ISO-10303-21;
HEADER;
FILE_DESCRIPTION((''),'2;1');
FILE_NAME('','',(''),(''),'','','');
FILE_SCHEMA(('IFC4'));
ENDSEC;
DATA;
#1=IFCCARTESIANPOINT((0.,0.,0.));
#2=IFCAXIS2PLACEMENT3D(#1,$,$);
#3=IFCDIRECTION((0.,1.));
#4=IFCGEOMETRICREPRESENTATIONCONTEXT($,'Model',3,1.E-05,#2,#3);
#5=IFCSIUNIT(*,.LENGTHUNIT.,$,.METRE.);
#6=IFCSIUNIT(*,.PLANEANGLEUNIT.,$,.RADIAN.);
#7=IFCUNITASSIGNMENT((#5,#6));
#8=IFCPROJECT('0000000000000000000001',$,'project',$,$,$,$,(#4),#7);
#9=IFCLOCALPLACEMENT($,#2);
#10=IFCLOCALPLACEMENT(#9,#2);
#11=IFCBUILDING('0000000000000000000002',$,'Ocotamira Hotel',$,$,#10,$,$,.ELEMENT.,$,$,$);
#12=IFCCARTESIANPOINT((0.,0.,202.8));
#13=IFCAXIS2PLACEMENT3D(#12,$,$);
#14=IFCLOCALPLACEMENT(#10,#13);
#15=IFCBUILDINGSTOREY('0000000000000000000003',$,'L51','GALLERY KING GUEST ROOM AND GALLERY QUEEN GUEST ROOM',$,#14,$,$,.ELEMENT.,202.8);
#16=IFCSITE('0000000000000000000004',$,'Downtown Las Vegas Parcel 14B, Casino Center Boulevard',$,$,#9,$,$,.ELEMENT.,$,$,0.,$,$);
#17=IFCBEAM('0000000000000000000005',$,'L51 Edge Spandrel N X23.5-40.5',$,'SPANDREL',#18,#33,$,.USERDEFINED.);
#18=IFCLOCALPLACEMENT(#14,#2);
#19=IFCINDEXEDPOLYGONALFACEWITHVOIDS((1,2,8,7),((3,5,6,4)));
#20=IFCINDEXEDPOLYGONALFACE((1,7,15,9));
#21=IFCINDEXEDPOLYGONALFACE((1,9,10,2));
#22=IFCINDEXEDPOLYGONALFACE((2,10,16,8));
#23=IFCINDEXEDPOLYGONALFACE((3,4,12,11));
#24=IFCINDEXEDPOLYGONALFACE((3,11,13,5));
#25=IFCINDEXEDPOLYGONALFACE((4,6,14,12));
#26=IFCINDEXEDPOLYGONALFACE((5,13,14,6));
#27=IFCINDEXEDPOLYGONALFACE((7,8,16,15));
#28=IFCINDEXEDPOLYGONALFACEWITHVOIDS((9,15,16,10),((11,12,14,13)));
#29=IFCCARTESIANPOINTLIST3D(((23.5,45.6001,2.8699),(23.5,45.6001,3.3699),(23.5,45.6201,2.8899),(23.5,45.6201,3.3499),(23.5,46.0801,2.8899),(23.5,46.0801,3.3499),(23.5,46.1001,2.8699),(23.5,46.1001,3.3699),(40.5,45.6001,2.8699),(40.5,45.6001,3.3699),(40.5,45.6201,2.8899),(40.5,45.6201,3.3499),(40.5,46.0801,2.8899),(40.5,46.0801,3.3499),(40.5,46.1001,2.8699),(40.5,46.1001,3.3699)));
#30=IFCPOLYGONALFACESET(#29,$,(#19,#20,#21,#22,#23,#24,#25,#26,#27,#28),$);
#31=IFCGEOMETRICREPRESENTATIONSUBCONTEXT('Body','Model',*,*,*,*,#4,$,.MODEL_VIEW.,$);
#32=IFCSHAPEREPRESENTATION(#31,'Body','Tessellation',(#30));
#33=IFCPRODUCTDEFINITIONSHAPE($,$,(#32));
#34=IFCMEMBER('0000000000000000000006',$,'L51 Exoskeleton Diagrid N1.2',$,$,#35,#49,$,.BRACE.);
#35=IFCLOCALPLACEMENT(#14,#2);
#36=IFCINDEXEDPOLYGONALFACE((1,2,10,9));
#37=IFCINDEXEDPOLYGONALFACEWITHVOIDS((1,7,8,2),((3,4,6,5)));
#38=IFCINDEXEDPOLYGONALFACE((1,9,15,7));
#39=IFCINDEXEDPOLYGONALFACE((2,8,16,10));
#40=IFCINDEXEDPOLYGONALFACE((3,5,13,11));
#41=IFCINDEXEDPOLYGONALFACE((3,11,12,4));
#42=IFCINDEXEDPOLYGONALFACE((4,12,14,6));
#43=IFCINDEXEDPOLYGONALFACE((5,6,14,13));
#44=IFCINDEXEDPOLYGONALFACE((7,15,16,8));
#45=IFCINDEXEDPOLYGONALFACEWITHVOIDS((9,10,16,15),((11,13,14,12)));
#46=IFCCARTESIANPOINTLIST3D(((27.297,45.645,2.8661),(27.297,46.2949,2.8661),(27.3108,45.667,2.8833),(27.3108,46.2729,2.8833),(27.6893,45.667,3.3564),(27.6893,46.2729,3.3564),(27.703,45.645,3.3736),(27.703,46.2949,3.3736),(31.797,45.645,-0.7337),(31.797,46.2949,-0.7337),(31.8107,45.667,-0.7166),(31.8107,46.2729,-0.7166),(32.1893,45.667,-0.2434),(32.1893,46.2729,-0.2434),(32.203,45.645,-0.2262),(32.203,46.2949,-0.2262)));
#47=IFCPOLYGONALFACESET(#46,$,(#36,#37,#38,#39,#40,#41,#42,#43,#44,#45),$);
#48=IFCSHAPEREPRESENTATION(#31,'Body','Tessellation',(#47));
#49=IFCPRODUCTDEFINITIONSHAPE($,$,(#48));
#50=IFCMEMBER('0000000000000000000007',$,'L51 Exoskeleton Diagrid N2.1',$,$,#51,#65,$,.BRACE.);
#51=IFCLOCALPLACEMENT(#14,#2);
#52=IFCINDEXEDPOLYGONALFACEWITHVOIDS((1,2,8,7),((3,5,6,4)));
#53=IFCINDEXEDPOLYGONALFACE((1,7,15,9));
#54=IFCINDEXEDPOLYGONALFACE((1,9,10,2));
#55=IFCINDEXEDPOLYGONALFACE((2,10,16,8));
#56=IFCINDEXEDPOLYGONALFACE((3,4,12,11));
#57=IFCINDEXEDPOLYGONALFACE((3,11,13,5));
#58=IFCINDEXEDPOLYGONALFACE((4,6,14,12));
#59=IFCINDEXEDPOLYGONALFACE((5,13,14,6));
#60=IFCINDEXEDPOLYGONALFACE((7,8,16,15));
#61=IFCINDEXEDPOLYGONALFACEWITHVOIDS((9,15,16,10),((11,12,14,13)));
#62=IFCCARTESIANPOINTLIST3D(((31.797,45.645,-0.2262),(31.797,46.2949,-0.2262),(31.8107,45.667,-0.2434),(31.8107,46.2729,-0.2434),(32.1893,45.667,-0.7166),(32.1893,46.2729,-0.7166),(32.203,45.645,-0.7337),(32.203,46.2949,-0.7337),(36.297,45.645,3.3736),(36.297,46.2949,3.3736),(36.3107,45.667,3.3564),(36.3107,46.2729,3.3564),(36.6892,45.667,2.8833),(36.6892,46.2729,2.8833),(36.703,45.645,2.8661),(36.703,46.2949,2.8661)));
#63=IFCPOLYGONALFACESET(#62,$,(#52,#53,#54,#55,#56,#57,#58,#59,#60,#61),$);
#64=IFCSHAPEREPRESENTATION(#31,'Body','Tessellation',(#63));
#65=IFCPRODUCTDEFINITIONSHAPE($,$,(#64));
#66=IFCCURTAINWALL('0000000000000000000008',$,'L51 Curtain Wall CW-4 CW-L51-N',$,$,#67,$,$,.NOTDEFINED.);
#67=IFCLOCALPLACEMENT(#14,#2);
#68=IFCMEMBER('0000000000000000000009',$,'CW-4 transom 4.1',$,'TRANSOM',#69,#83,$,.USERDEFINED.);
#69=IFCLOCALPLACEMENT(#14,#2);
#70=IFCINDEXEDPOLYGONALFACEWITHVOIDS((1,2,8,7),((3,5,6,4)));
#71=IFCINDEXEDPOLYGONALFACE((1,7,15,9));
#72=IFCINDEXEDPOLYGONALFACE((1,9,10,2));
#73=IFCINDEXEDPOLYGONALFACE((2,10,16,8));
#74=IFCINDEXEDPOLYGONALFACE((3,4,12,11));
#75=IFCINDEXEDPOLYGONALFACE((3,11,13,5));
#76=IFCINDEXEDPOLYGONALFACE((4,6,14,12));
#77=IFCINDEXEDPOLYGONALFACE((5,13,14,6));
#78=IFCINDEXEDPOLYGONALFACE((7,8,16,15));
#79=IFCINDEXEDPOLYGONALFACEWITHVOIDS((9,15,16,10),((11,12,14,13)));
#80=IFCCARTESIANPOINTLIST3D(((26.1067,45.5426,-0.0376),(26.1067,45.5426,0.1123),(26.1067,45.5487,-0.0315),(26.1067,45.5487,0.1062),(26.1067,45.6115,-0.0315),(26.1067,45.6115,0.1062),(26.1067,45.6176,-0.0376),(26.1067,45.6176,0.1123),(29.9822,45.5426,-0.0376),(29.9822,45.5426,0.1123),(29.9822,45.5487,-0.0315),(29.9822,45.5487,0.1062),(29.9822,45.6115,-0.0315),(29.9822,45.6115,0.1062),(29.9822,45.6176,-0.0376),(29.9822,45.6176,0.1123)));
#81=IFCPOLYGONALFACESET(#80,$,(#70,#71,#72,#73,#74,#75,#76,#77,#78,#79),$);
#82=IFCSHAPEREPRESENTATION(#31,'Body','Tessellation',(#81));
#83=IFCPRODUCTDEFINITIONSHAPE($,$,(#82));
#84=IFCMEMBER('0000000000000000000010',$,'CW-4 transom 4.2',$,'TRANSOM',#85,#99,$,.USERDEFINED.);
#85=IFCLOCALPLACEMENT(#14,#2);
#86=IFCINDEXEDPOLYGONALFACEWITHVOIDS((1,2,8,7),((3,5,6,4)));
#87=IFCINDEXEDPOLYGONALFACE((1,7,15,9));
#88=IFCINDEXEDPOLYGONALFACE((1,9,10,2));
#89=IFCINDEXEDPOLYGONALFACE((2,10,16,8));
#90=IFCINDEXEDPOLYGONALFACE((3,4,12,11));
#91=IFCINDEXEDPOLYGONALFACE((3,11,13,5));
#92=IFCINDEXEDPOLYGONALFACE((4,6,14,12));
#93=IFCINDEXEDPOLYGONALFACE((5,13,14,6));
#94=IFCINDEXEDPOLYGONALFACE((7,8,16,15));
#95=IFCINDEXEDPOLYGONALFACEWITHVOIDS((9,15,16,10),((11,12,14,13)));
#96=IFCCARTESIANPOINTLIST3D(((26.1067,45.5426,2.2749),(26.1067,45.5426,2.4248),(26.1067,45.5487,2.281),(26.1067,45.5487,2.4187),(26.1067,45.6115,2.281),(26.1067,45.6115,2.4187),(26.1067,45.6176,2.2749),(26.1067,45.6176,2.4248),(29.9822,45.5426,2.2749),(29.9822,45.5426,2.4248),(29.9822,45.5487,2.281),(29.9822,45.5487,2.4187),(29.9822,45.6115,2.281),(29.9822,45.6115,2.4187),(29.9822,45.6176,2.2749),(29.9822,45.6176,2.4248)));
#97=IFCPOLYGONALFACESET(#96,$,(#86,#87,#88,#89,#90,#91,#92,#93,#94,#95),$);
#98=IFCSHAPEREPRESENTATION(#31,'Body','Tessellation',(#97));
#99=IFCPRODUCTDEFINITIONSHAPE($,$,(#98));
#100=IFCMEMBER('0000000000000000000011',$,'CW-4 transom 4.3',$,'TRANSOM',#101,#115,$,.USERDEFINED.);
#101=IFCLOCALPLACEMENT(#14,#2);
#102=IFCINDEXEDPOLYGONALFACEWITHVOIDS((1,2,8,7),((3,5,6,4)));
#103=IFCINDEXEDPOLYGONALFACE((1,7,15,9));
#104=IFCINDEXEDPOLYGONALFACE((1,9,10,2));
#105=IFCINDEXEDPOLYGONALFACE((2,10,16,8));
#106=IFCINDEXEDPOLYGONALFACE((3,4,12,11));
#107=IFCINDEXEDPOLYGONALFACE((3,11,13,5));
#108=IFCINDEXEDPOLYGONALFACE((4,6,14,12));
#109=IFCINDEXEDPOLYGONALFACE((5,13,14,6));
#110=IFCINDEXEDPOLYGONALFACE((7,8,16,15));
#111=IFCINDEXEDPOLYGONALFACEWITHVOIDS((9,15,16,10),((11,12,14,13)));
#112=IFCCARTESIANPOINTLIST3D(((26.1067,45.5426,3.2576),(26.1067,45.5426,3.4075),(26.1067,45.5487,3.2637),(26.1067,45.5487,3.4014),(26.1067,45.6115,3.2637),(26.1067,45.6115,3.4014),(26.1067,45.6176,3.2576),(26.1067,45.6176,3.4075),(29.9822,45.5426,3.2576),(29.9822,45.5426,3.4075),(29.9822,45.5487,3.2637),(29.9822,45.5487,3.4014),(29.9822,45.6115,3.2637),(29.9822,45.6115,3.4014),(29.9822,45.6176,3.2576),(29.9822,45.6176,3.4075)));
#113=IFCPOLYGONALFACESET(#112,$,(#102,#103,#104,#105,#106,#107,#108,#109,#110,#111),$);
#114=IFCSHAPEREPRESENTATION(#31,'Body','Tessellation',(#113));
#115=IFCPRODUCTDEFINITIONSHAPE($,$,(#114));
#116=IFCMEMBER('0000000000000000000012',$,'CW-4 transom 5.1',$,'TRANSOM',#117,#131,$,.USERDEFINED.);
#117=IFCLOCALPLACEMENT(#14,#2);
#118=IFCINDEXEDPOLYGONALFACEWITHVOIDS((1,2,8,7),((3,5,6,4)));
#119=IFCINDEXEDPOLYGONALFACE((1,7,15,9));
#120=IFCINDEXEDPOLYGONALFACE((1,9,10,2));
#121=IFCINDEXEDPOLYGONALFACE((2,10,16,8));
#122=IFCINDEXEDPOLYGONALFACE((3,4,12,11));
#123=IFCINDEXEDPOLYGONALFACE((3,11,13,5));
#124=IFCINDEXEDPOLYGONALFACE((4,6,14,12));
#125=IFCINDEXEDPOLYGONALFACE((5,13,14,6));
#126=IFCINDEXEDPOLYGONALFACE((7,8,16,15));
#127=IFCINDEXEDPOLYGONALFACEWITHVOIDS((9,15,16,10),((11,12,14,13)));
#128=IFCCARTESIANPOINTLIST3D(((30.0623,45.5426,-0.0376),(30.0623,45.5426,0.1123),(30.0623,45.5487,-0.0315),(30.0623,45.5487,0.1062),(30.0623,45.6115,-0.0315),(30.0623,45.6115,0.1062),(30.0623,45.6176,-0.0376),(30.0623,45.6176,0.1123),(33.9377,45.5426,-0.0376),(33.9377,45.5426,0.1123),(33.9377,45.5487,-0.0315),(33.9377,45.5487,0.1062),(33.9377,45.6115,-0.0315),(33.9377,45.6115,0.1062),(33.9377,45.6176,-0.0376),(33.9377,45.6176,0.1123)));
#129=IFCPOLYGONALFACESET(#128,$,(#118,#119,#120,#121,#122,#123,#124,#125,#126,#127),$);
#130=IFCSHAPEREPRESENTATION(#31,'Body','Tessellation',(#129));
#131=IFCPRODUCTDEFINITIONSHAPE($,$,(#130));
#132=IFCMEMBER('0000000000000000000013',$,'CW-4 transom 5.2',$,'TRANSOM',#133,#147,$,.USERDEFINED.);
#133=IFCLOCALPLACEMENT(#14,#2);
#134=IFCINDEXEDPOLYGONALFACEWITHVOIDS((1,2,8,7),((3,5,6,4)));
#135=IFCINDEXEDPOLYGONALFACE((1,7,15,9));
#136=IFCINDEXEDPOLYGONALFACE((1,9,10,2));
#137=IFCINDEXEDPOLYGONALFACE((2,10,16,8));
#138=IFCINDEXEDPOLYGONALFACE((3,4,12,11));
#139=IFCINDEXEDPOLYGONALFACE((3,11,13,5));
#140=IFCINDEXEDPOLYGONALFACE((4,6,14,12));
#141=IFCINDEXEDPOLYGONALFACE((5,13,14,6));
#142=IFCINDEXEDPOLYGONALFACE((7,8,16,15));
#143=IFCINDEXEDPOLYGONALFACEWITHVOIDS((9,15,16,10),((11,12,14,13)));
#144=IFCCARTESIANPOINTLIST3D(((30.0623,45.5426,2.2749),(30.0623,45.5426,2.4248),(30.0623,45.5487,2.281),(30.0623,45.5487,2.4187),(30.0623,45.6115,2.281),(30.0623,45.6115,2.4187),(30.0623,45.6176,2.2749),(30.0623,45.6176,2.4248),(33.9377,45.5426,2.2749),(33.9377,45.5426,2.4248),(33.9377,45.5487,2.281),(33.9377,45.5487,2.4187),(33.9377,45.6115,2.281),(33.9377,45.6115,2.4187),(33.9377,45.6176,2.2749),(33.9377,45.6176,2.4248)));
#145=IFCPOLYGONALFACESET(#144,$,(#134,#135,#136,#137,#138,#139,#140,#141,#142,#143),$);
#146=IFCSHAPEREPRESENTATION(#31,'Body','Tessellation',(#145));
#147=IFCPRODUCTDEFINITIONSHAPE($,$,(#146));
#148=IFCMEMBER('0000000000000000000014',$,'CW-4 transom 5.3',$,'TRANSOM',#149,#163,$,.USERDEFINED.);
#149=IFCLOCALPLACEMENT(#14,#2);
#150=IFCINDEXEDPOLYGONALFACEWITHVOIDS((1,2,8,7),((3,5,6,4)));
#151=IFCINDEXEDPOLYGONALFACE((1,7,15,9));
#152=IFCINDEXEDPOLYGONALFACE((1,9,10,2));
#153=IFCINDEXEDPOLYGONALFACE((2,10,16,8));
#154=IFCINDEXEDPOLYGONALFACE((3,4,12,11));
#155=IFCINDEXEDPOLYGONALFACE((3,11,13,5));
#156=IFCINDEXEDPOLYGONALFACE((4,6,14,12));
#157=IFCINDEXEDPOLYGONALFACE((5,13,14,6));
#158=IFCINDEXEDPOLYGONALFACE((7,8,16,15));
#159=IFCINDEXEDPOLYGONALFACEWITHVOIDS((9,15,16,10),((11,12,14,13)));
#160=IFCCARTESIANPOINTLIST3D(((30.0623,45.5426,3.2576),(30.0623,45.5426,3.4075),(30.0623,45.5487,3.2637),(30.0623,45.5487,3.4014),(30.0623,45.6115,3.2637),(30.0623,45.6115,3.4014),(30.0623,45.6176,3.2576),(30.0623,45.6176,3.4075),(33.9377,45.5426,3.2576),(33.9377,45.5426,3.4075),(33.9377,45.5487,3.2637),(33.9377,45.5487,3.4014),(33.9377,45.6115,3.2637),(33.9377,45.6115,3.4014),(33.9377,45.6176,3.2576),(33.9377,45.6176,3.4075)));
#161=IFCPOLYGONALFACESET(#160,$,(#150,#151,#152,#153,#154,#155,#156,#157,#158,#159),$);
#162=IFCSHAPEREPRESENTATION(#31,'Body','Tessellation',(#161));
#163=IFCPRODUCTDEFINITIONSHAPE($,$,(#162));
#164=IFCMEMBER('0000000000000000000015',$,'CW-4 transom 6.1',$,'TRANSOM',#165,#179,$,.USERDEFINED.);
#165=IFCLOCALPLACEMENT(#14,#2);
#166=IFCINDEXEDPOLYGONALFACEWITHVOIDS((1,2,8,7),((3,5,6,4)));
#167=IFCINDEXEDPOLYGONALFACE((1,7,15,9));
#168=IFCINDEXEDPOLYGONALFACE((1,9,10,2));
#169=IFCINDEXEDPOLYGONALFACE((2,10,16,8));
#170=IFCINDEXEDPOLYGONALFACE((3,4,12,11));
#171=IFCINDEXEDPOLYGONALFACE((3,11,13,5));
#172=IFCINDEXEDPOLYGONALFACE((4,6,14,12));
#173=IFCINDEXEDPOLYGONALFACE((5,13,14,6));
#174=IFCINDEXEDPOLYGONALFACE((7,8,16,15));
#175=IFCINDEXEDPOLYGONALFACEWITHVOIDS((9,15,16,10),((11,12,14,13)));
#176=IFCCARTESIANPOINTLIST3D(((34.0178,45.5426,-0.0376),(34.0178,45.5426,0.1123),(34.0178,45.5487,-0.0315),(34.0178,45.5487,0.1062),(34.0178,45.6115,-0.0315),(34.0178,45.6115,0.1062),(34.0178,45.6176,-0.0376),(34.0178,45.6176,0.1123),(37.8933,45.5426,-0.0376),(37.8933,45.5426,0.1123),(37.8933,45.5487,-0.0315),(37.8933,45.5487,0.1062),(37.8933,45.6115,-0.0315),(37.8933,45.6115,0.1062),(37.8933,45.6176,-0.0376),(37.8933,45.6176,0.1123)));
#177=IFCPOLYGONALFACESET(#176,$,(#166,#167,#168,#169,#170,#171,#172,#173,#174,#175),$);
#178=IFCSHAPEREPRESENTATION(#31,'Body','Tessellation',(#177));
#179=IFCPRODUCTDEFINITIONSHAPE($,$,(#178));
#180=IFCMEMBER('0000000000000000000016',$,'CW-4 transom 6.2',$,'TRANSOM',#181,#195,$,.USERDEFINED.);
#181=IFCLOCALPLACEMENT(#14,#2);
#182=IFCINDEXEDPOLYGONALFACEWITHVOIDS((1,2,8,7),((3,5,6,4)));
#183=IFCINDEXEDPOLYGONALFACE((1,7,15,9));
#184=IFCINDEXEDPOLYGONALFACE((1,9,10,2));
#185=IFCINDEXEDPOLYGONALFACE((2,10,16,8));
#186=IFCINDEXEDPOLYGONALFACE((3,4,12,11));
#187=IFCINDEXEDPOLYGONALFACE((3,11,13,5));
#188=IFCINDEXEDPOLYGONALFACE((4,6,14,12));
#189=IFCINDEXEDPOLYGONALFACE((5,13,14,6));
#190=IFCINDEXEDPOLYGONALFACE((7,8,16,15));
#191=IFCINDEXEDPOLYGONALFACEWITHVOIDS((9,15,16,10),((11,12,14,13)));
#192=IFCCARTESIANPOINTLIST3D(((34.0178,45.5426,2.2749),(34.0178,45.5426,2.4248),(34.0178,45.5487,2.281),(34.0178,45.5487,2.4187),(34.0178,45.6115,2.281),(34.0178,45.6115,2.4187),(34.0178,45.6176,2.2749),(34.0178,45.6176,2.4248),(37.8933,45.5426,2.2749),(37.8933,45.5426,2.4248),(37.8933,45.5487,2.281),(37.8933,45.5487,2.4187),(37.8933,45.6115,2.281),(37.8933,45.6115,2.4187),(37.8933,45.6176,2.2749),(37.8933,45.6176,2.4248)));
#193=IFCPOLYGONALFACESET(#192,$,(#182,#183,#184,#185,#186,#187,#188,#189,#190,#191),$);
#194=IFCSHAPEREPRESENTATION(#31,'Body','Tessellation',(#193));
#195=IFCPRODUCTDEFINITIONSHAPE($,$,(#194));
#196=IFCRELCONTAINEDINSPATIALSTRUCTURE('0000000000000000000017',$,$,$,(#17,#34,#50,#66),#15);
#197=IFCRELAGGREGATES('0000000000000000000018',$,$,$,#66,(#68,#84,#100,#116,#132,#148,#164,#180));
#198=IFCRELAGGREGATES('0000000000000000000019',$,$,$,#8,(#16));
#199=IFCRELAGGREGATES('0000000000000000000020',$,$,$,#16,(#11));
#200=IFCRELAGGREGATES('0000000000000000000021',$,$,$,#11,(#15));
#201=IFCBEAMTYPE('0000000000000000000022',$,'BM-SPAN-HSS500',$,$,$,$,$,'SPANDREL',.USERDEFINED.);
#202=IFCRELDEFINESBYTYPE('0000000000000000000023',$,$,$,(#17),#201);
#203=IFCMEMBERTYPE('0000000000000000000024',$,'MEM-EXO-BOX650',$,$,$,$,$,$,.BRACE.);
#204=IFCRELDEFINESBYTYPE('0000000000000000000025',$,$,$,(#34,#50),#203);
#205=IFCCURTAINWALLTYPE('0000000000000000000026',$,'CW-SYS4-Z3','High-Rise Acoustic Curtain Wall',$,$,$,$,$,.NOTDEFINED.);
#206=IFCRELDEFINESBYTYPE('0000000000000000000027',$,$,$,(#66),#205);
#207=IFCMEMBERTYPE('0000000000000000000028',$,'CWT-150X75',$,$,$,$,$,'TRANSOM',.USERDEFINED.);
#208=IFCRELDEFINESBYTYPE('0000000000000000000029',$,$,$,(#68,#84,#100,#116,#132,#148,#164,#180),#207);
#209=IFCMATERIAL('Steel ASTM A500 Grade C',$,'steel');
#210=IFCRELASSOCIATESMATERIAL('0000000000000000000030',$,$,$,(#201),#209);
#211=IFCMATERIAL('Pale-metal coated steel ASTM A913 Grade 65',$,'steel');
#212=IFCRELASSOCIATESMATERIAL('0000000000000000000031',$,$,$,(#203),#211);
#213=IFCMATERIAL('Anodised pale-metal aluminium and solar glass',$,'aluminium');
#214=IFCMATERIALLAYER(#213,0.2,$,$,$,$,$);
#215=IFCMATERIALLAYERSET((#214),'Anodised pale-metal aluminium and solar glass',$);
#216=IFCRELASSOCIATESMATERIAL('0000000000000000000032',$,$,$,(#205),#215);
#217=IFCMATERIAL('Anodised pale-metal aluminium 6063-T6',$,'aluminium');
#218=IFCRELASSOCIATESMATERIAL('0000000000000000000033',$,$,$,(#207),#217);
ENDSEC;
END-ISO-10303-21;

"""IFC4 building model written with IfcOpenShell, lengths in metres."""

from ifc_helpers import new_model, si_unit, direction, frame, origin, origin_2d, place, context, subcontext, project, spatial, hollow_rectangle, extrude, source, transform, mapped, material, layer, layer_set, material_profile, profile_set, type_object, element, aggregate, save


model = new_model("IFC4")

# Units and contexts
model_context = context("Model", 3, precision=1e-05, world=origin(), true_north=direction((0.0, 1.0)))
body_context = subcontext(model_context, "Body", "Model", "MODEL_VIEW")
ifc_project = project(units=[si_unit("LENGTHUNIT", "METRE"), si_unit("PLANEANGLEUNIT", "RADIAN")], contexts=[model_context])

# Site, building, storey
site_placement = place(None, origin())
site = spatial("IfcSite", under=ifc_project, at=site_placement, Name="Downtown Las Vegas Parcel 14B, Casino Center Boulevard", CompositionType="ELEMENT", RefElevation=0.0)
building_placement = place(site_placement, origin())
building = spatial("IfcBuilding", under=site, at=building_placement, Name="Ocotamira Hotel", CompositionType="ELEMENT")
storey_placement = place(building_placement, frame((0.0, 0.0, 202.8)))
storey = spatial("IfcBuildingStorey", under=building, at=storey_placement, Name="L51", Description="GALLERY KING GUEST ROOM AND GALLERY QUEEN GUEST ROOM", CompositionType="ELEMENT", Elevation=202.8)

# Beam
ifc_material_1 = material(Name="Steel ASTM A500 Grade C", Category="steel")
ifc_material_profile_1 = material_profile(ifc_material_1, hollow_rectangle(XDim=0.5, YDim=0.5, WallThickness=0.02, at=origin_2d()), Name="HSS500X500X20")
ifc_profile_set_1 = profile_set([ifc_material_profile_1], Name="Steel ASTM A500 Grade C")
beam_type = type_object("IfcBeamType", Name="BM-SPAN-HSS500", ElementType="SPANDREL", PredefinedType="USERDEFINED", material=ifc_profile_set_1)
shared_shape_1 = source(origin(), body_context, "Body", "SweptSolid", [
    extrude(hollow_rectangle(XDim=0.5, YDim=0.5, WallThickness=0.02, at=origin_2d()), origin(), (0.0, 0.0, 1.0), 17.0),
])
beam_placement = place(storey_placement, frame((23.5, 45.8501, 3.1199), z_axis=(1.0, 0.0, 0.0), x_axis=(0.0, 1.0, 0.0)))
element("IfcBeam", 1, at=beam_placement, inside=storey, type_object=beam_type, Name="L51 Edge Spandrel N X23.5-40.5", ObjectType="SPANDREL", PredefinedType="USERDEFINED", context=body_context, shape_type="MappedRepresentation", body=[
    mapped(shared_shape_1, transform((0.0, 0.0, 0.0), scale=1.0)),
])

# Members
ifc_material_2 = material(Name="Pale-metal coated steel ASTM A913 Grade 65", Category="steel")
ifc_material_profile_2 = material_profile(ifc_material_2, hollow_rectangle(XDim=0.6499, YDim=0.6499, WallThickness=0.022, at=origin_2d()), Name="BOX650X650X22")
ifc_profile_set_2 = profile_set([ifc_material_profile_2], Name="Pale-metal coated steel ASTM A913 Grade 65")
member_type_1 = type_object("IfcMemberType", Name="MEM-EXO-BOX650", PredefinedType="BRACE", material=ifc_profile_set_2)
shared_shape_2 = source(origin(), body_context, "Body", "SweptSolid", [
    extrude(hollow_rectangle(XDim=0.6499, YDim=0.6499, WallThickness=0.022, at=origin_2d()), origin(), (0.0, 0.0, 1.0), 5.7627),
])
for number, where, z_axis, x_axis, name in (
    (2, (32.0, 45.97, -0.48), (-0.780881, 0.0, 0.62468), (0.0, -1.0, 0.0), "L51 Exoskeleton Diagrid N1.2"),
    (3, (32.0, 45.97, -0.48), (0.780881, 0.0, 0.62468), (0.0, 1.0, 0.0), "L51 Exoskeleton Diagrid N2.1"),
):
    element("IfcMember", number, at=place(storey_placement, frame(where, z_axis=z_axis, x_axis=x_axis)), inside=storey, type_object=member_type_1, Name=name, PredefinedType="BRACE", context=body_context, shape_type="MappedRepresentation", body=[
        mapped(shared_shape_2, transform((0.0, 0.0, 0.0), scale=1.0)),
    ])

# Curtain wall, members
ifc_material_3 = material(Name="Anodised pale-metal aluminium and solar glass", Category="aluminium")
ifc_layer_1 = layer(ifc_material_3, 0.2)
ifc_layer_set_1 = layer_set([ifc_layer_1], Name="Anodised pale-metal aluminium and solar glass")
curtain_wall_type = type_object("IfcCurtainWallType", Name="CW-SYS4-Z3", Description="High-Rise Acoustic Curtain Wall", PredefinedType="NOTDEFINED", material=ifc_layer_set_1)
curtain_wall_placement = place(storey_placement, origin())
curtain_wall = element("IfcCurtainWall", 4, at=curtain_wall_placement, inside=storey, type_object=curtain_wall_type, Name="L51 Curtain Wall CW-4 CW-L51-N", PredefinedType="NOTDEFINED")
ifc_material_4 = material(Name="Anodised pale-metal aluminium 6063-T6", Category="aluminium")
ifc_material_profile_3 = material_profile(ifc_material_4, hollow_rectangle(XDim=0.075, YDim=0.1499, WallThickness=0.0061, at=origin_2d()), Name="HSS150X75X6")
ifc_profile_set_3 = profile_set([ifc_material_profile_3], Name="Anodised pale-metal aluminium 6063-T6")
member_type_2 = type_object("IfcMemberType", Name="CWT-150X75", ElementType="TRANSOM", PredefinedType="USERDEFINED", material=ifc_profile_set_3)
shared_shape_3 = source(origin(), body_context, "Body", "SweptSolid", [
    extrude(hollow_rectangle(XDim=0.075, YDim=0.1499, WallThickness=0.0061, at=origin_2d()), origin(), (0.0, 0.0, 1.0), 3.8755),
])
member_1_placement = place(storey_placement, frame((26.1067, 45.5801, 0.0374), z_axis=(1.0, 0.0, 0.0), x_axis=(0.0, 1.0, 0.0)))
member_1 = element("IfcMember", 5, at=member_1_placement, type_object=member_type_2, Name="CW-4 transom 4.1", ObjectType="TRANSOM", PredefinedType="USERDEFINED", context=body_context, shape_type="MappedRepresentation", body=[
    mapped(shared_shape_3, transform((0.0, 0.0, 0.0), scale=1.0)),
])
member_2_placement = place(storey_placement, frame((26.1067, 45.5801, 2.3499), z_axis=(1.0, 0.0, 0.0), x_axis=(0.0, 1.0, 0.0)))
member_2 = element("IfcMember", 6, at=member_2_placement, type_object=member_type_2, Name="CW-4 transom 4.2", ObjectType="TRANSOM", PredefinedType="USERDEFINED", context=body_context, shape_type="MappedRepresentation", body=[
    mapped(shared_shape_3, transform((0.0, 0.0, 0.0), scale=1.0)),
])
member_3_placement = place(storey_placement, frame((26.1067, 45.5801, 3.3325), z_axis=(1.0, 0.0, 0.0), x_axis=(0.0, 1.0, 0.0)))
member_3 = element("IfcMember", 7, at=member_3_placement, type_object=member_type_2, Name="CW-4 transom 4.3", ObjectType="TRANSOM", PredefinedType="USERDEFINED", context=body_context, shape_type="MappedRepresentation", body=[
    mapped(shared_shape_3, transform((0.0, 0.0, 0.0), scale=1.0)),
])
member_4_placement = place(storey_placement, frame((30.0623, 45.5801, 0.0374), z_axis=(1.0, 0.0, 0.0), x_axis=(0.0, 1.0, 0.0)))
member_4 = element("IfcMember", 8, at=member_4_placement, type_object=member_type_2, Name="CW-4 transom 5.1", ObjectType="TRANSOM", PredefinedType="USERDEFINED", context=body_context, shape_type="MappedRepresentation", body=[
    mapped(shared_shape_3, transform((0.0, 0.0, 0.0), scale=1.0)),
])
member_5_placement = place(storey_placement, frame((30.0623, 45.5801, 2.3499), z_axis=(1.0, 0.0, 0.0), x_axis=(0.0, 1.0, 0.0)))
member_5 = element("IfcMember", 9, at=member_5_placement, type_object=member_type_2, Name="CW-4 transom 5.2", ObjectType="TRANSOM", PredefinedType="USERDEFINED", context=body_context, shape_type="MappedRepresentation", body=[
    mapped(shared_shape_3, transform((0.0, 0.0, 0.0), scale=1.0)),
])
member_6_placement = place(storey_placement, frame((30.0623, 45.5801, 3.3325), z_axis=(1.0, 0.0, 0.0), x_axis=(0.0, 1.0, 0.0)))
member_6 = element("IfcMember", 10, at=member_6_placement, type_object=member_type_2, Name="CW-4 transom 5.3", ObjectType="TRANSOM", PredefinedType="USERDEFINED", context=body_context, shape_type="MappedRepresentation", body=[
    mapped(shared_shape_3, transform((0.0, 0.0, 0.0), scale=1.0)),
])
member_7_placement = place(storey_placement, frame((34.0178, 45.5801, 0.0374), z_axis=(1.0, 0.0, 0.0), x_axis=(0.0, 1.0, 0.0)))
member_7 = element("IfcMember", 11, at=member_7_placement, type_object=member_type_2, Name="CW-4 transom 6.1", ObjectType="TRANSOM", PredefinedType="USERDEFINED", context=body_context, shape_type="MappedRepresentation", body=[
    mapped(shared_shape_3, transform((0.0, 0.0, 0.0), scale=1.0)),
])
member_8_placement = place(storey_placement, frame((34.0178, 45.5801, 2.3499), z_axis=(1.0, 0.0, 0.0), x_axis=(0.0, 1.0, 0.0)))
member_8 = element("IfcMember", 12, at=member_8_placement, type_object=member_type_2, Name="CW-4 transom 6.2", ObjectType="TRANSOM", PredefinedType="USERDEFINED", context=body_context, shape_type="MappedRepresentation", body=[
    mapped(shared_shape_3, transform((0.0, 0.0, 0.0), scale=1.0)),
])

aggregate(curtain_wall, [member_1, member_2, member_3, member_4, member_5, member_6, member_7, member_8])

save(model, "model.ifc")
